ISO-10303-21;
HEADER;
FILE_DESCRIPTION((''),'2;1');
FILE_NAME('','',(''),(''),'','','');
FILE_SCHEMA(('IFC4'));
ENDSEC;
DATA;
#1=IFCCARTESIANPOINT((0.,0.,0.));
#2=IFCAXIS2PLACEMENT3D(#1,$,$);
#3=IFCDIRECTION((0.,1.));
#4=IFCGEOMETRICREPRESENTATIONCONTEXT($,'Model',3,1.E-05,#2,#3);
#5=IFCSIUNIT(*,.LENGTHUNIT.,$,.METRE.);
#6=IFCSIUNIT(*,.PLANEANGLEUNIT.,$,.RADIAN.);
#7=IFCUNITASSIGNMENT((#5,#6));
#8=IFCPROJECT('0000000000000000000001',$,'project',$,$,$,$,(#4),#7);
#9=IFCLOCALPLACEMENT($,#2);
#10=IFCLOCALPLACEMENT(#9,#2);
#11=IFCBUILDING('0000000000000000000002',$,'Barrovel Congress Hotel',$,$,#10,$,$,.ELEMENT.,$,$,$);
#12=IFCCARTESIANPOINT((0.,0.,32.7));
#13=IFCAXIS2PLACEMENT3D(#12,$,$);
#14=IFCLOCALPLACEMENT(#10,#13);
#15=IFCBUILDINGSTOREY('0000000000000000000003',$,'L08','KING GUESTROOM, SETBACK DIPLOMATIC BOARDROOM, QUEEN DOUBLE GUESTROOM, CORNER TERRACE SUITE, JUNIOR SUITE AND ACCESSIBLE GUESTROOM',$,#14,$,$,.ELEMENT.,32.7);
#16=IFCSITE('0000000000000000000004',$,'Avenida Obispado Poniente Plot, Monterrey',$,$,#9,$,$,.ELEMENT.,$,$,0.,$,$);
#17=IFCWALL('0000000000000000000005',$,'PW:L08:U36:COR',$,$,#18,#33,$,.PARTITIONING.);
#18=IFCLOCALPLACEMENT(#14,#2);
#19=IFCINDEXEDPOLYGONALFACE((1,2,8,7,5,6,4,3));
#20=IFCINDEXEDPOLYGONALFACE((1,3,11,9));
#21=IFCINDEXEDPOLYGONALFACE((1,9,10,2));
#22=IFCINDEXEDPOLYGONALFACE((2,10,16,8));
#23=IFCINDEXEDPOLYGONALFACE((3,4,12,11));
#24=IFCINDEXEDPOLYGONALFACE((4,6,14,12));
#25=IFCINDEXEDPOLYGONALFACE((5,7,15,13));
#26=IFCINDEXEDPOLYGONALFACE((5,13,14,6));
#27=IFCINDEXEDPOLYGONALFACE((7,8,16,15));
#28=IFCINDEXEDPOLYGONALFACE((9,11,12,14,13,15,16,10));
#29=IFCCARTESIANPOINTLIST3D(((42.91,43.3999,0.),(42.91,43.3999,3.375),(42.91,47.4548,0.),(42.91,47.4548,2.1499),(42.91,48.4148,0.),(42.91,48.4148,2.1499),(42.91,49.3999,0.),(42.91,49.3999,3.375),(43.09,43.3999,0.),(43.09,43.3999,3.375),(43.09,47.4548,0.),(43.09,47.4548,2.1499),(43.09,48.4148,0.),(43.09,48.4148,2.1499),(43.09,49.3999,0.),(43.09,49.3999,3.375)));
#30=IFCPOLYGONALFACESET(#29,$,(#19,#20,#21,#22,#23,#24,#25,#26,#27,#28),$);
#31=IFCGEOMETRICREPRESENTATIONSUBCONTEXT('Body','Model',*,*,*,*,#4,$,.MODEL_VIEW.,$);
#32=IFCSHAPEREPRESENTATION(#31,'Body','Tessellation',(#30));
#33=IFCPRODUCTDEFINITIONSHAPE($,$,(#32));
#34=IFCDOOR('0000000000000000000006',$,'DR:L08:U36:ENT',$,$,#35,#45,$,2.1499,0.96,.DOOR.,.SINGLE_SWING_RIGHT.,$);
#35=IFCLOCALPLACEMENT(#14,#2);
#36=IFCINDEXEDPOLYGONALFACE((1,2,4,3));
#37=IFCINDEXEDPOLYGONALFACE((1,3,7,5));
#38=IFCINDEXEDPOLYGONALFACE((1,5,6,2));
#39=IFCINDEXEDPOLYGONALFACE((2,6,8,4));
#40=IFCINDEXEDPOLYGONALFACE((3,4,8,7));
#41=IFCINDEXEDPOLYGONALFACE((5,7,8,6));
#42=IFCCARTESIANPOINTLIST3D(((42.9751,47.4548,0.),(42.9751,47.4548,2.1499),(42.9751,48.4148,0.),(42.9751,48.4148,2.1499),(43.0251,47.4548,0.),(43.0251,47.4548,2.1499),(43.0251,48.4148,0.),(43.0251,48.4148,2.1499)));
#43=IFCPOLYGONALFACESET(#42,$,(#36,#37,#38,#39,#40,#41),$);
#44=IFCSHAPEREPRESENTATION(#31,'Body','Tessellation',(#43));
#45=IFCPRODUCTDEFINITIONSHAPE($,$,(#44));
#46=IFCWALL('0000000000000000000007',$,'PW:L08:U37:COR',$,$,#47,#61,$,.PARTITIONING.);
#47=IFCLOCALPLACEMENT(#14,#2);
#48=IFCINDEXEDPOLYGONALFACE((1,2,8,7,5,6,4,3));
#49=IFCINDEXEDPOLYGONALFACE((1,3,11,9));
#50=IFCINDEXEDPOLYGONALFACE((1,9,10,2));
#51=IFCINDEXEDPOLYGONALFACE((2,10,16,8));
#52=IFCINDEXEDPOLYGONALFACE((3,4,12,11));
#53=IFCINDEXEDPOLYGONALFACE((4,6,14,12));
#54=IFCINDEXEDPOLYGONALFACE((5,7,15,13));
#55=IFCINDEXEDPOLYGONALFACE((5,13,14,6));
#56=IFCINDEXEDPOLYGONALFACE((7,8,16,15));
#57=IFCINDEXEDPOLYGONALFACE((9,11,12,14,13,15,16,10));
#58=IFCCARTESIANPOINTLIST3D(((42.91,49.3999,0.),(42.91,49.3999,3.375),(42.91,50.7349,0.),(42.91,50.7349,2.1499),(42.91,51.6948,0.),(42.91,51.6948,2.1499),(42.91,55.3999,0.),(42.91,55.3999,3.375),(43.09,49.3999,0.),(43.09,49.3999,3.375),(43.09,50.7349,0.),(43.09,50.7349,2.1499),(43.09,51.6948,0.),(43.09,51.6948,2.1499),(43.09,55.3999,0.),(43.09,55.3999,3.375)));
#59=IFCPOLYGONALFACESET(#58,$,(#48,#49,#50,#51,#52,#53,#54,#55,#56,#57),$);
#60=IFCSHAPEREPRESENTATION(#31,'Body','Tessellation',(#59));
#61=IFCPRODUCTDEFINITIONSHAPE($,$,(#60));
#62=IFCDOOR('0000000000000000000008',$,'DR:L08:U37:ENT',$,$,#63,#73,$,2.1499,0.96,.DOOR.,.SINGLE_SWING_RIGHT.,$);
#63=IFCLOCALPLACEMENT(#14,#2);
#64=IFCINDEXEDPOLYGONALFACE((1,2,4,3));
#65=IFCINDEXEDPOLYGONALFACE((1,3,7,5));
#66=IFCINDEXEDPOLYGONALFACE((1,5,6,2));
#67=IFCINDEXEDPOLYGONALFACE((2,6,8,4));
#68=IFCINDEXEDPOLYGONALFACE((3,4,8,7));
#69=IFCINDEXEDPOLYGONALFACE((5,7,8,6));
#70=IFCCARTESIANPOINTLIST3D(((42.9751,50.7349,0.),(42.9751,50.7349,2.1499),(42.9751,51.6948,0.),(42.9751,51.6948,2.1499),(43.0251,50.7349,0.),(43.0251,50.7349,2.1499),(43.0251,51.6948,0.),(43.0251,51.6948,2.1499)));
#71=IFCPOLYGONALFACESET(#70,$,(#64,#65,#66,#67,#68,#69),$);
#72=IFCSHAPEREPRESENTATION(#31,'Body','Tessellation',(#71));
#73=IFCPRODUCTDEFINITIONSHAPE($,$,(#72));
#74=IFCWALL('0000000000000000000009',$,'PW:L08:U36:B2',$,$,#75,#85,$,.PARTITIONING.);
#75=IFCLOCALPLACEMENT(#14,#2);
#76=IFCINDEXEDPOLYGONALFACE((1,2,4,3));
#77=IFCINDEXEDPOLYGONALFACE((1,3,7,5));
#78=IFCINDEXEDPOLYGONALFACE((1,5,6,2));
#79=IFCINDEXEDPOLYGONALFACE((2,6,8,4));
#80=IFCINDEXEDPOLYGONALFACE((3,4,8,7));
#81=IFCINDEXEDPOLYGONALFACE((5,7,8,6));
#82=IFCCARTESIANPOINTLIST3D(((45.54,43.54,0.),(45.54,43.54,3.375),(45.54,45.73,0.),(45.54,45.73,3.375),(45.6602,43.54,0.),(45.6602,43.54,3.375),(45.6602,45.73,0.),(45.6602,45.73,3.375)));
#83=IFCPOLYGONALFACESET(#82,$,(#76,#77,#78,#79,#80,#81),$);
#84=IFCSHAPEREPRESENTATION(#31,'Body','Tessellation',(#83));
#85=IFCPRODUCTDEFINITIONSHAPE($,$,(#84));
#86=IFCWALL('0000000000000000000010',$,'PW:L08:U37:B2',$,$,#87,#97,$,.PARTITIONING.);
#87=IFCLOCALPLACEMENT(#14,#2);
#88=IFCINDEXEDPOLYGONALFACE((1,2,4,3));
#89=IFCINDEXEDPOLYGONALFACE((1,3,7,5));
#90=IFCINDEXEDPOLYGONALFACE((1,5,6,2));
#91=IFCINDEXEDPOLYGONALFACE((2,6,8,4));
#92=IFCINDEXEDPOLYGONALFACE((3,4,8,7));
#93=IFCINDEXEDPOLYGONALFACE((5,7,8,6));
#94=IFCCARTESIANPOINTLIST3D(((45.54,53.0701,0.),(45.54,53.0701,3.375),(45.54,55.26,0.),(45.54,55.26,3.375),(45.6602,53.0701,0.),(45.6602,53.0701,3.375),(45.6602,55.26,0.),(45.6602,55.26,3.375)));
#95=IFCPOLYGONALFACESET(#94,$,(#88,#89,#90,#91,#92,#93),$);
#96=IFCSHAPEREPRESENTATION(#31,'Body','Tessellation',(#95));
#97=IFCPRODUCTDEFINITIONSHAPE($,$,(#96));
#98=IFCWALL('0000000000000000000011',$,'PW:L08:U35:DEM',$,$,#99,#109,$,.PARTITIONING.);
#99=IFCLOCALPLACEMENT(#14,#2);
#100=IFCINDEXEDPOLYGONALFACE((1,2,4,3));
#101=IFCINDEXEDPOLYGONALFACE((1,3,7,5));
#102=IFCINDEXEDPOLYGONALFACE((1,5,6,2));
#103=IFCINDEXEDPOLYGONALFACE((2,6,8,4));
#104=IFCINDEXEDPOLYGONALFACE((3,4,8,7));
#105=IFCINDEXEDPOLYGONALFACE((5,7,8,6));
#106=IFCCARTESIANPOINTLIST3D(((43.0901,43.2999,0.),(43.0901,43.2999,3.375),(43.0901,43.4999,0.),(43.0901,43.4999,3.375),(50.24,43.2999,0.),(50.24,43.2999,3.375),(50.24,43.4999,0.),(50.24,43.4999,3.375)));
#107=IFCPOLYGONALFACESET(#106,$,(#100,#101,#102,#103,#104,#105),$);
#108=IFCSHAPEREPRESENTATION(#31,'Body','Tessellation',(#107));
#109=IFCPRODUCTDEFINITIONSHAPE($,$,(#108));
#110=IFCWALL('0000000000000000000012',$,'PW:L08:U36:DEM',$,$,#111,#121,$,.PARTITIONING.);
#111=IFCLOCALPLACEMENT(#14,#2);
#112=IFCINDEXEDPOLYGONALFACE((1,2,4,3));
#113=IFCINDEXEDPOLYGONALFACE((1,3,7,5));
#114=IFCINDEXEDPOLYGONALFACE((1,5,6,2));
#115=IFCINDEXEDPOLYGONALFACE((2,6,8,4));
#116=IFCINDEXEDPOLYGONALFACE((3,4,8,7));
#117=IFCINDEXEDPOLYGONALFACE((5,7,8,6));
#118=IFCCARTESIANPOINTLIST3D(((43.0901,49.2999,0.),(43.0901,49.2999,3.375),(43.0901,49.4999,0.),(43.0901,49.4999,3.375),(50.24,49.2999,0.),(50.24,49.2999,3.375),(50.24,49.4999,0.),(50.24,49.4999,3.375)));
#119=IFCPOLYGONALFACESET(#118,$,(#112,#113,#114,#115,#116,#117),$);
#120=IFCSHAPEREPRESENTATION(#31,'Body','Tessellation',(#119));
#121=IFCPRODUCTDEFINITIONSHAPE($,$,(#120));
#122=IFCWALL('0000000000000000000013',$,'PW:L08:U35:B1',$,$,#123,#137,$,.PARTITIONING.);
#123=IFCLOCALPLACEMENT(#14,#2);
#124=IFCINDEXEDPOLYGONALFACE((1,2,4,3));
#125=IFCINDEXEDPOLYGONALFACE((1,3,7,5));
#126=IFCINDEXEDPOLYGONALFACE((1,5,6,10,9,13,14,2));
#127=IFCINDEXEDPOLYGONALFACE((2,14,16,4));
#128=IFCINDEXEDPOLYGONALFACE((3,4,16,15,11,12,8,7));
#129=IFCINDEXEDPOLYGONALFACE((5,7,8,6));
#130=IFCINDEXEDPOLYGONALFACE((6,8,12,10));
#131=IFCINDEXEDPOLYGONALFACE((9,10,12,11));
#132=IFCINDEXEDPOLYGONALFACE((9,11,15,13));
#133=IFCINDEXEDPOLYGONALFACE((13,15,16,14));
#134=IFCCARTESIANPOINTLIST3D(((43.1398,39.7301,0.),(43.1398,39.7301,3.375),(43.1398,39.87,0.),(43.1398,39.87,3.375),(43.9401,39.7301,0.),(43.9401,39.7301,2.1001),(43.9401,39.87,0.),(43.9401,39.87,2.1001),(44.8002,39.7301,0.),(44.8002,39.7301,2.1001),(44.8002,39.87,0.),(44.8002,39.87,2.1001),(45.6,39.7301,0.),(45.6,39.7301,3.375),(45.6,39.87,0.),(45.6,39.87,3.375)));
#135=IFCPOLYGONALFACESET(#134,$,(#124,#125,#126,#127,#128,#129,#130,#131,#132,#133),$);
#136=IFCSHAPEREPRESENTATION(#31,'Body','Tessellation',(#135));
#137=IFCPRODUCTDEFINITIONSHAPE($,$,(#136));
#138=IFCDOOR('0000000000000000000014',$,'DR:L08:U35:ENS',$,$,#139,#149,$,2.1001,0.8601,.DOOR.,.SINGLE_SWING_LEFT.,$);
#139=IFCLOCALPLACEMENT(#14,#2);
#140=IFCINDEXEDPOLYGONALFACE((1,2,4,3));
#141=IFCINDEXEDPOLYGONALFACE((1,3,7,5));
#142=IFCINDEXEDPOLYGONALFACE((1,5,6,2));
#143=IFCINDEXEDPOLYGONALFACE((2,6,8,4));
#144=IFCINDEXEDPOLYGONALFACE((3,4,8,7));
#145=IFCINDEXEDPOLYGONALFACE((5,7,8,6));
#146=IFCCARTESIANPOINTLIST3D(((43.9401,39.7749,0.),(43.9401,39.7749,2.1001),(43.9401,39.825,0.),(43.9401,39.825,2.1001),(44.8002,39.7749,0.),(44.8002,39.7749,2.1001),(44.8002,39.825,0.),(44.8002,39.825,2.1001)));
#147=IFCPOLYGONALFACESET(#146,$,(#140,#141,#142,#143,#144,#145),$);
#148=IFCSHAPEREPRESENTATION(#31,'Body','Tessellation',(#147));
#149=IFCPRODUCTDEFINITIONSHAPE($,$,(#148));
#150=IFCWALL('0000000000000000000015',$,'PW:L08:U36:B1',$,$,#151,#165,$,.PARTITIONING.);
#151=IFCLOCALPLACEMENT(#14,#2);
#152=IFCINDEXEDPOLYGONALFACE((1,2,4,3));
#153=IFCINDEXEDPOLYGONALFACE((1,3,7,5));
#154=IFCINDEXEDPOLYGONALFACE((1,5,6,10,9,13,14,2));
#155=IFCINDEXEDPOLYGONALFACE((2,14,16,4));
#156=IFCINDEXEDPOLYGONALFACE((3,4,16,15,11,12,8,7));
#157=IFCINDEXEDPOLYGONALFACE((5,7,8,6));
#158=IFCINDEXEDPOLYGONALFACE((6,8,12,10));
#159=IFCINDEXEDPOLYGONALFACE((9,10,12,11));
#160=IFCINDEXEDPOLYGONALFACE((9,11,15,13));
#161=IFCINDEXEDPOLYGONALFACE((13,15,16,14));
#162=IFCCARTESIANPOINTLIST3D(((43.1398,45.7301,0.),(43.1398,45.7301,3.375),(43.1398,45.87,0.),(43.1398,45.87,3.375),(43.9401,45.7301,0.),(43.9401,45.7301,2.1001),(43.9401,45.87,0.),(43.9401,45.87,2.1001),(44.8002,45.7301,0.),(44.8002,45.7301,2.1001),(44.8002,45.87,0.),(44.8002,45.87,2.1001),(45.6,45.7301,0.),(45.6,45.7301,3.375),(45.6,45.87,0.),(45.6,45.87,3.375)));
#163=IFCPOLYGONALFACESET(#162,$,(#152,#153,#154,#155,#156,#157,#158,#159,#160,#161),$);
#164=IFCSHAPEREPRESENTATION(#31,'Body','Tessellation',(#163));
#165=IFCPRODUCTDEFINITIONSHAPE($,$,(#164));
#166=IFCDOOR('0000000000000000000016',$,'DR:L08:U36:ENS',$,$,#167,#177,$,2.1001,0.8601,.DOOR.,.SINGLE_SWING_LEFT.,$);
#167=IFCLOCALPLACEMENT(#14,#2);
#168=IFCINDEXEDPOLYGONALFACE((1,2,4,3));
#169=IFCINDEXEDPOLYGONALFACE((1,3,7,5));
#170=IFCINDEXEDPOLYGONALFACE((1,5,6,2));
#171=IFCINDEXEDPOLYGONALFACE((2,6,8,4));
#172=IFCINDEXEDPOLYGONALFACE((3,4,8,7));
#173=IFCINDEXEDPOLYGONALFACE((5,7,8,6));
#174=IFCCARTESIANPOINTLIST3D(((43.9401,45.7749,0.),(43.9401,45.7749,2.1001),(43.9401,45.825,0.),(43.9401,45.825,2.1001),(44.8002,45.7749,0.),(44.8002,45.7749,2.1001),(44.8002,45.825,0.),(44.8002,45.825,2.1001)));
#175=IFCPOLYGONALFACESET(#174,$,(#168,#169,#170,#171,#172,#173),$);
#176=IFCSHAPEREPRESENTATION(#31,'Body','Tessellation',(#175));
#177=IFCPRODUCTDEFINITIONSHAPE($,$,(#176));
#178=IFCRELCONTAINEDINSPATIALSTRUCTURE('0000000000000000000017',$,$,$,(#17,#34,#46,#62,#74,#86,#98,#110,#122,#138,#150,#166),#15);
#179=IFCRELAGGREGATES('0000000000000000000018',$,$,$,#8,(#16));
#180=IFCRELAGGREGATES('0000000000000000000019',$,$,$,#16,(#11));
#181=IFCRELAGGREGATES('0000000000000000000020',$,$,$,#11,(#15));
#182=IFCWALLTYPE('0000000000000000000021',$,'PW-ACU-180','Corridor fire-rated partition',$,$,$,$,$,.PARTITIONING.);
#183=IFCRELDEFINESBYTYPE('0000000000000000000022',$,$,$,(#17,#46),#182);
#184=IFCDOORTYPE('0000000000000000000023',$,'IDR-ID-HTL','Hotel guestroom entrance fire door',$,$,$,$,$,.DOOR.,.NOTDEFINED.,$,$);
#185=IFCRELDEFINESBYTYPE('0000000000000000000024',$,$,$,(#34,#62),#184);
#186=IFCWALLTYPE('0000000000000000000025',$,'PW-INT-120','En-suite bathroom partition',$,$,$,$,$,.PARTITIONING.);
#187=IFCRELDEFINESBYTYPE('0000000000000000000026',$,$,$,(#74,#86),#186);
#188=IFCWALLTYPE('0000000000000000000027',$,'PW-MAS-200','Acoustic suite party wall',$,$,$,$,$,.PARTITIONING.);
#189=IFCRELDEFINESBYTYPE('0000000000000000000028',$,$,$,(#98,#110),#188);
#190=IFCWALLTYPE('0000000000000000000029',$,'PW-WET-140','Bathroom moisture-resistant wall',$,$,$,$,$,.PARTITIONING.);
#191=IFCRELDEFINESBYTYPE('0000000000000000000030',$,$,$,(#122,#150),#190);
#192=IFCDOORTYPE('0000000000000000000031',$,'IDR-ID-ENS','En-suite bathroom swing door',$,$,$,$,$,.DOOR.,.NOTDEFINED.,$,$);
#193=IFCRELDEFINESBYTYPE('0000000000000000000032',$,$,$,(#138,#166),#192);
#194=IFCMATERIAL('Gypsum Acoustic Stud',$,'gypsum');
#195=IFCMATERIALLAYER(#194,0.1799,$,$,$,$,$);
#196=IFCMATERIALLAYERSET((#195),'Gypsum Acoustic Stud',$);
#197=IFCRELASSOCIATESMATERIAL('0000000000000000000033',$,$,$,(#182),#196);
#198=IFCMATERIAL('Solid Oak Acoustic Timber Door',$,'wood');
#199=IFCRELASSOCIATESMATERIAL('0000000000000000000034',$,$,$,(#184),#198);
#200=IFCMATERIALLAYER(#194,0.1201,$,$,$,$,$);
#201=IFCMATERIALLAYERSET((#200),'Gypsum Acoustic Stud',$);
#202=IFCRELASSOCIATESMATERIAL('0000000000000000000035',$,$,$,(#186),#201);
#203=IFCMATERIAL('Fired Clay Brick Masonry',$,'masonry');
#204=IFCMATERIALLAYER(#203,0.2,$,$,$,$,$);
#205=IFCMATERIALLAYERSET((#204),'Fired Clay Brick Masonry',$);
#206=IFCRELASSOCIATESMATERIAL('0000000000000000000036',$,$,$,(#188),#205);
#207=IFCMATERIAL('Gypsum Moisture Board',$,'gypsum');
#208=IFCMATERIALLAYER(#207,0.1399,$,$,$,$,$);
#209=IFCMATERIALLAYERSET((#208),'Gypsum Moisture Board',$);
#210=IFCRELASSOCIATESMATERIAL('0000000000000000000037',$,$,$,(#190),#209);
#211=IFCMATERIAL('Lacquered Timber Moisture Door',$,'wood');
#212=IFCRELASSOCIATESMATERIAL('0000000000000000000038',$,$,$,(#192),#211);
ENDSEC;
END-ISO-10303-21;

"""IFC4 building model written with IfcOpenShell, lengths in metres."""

from ifc_helpers import new_model, si_unit, direction, frame, frame_2d, origin, place, context, subcontext, project, spatial, rectangle, extrude, material, layer, layer_set, type_object, element, fill, save


model = new_model("IFC4")

# Units and contexts
model_context = context("Model", 3, precision=1e-05, world=origin(), true_north=direction((0.0, 1.0)))
body_context = subcontext(model_context, "Body", "Model", "MODEL_VIEW")
ifc_project = project(units=[si_unit("LENGTHUNIT", "METRE"), si_unit("PLANEANGLEUNIT", "RADIAN")], contexts=[model_context])

# Site, building, storey
site_placement = place(None, origin())
site = spatial("IfcSite", under=ifc_project, at=site_placement, Name="Avenida Obispado Poniente Plot, Monterrey", CompositionType="ELEMENT", RefElevation=0.0)
building_placement = place(site_placement, origin())
building = spatial("IfcBuilding", under=site, at=building_placement, Name="Barrovel Congress Hotel", CompositionType="ELEMENT")
storey_placement = place(building_placement, frame((0.0, 0.0, 32.7)))
storey = spatial("IfcBuildingStorey", under=building, at=storey_placement, Name="L08", Description="KING GUESTROOM, SETBACK DIPLOMATIC BOARDROOM, QUEEN DOUBLE GUESTROOM, CORNER TERRACE SUITE, JUNIOR SUITE AND ACCESSIBLE GUESTROOM", CompositionType="ELEMENT", Elevation=32.7)

# Walls, openings, doors
ifc_material_1 = material(Name="Gypsum Acoustic Stud", Category="gypsum")
ifc_layer_1 = layer(ifc_material_1, 0.1799)
ifc_layer_set_1 = layer_set([ifc_layer_1], Name="Gypsum Acoustic Stud")
wall_type_1 = type_object("IfcWallType", Name="PW-ACU-180", Description="Corridor fire-rated partition", PredefinedType="PARTITIONING", material=ifc_layer_set_1)
wall_1_placement = place(storey_placement, frame((43.0, 43.3999, 0.0), z_axis=(0.0, 0.0, 1.0), x_axis=(0.0, 1.0, 0.0)))
wall_1 = element("IfcWall", 1, at=wall_1_placement, inside=storey, type_object=wall_type_1, Name="PW:L08:U36:COR", PredefinedType="PARTITIONING", context=body_context, shape_type="SweptSolid", body=[
    extrude(rectangle(XDim=6.0, YDim=0.1799, at=frame_2d((3.0, 0.0))), origin(), (0.0, 0.0, 1.0), 3.375),
])
opening_1_placement = place(wall_1_placement, frame((4.0549, 0.0, 0.0)))
opening_1 = element("IfcOpeningElement", 2, at=opening_1_placement, cuts=wall_1, PredefinedType="OPENING", context=body_context, shape_type="SweptSolid", body=[
    extrude(rectangle(XDim=0.96, YDim=2.1499, at=frame_2d((0.48, 1.075))), frame((0.0, 0.1001, 0.0), z_axis=(0.0, -1.0, 0.0), x_axis=(1.0, 0.0, 0.0)), (0.0, 0.0, 1.0), 0.2),
])
ifc_material_2 = material(Name="Solid Oak Acoustic Timber Door", Category="wood")
door_type_1 = type_object("IfcDoorType", Name="IDR-ID-HTL", Description="Hotel guestroom entrance fire door", OperationType="NOTDEFINED", PredefinedType="DOOR", material=ifc_material_2)
door_1_placement = place(opening_1_placement, origin())
door_1 = element("IfcDoor", 3, at=door_1_placement, inside=storey, type_object=door_type_1, Name="DR:L08:U36:ENT", OperationType="SINGLE_SWING_RIGHT", OverallHeight=2.1499, OverallWidth=0.96, PredefinedType="DOOR", context=body_context, shape_type="SweptSolid", body=[
    extrude(rectangle(XDim=0.96, YDim=2.1499, at=frame_2d((0.48, 1.075))), frame((0.0, 0.0249, 0.0), z_axis=(0.0, -1.0, 0.0), x_axis=(1.0, 0.0, 0.0)), (0.0, 0.0, 1.0), 0.05),
])
fill(opening_1, door_1)
wall_2_placement = place(storey_placement, frame((43.0, 49.3999, 0.0), z_axis=(0.0, 0.0, 1.0), x_axis=(0.0, 1.0, 0.0)))
wall_2 = element("IfcWall", 4, at=wall_2_placement, inside=storey, type_object=wall_type_1, Name="PW:L08:U37:COR", PredefinedType="PARTITIONING", context=body_context, shape_type="SweptSolid", body=[
    extrude(rectangle(XDim=6.0, YDim=0.1799, at=frame_2d((3.0, 0.0))), origin(), (0.0, 0.0, 1.0), 3.375),
])
opening_2_placement = place(wall_2_placement, frame((1.335, 0.0, 0.0)))
opening_2 = element("IfcOpeningElement", 5, at=opening_2_placement, cuts=wall_2, PredefinedType="OPENING", context=body_context, shape_type="SweptSolid", body=[
    extrude(rectangle(XDim=0.96, YDim=2.1499, at=frame_2d((0.48, 1.075))), frame((0.0, 0.1001, 0.0), z_axis=(0.0, -1.0, 0.0), x_axis=(1.0, 0.0, 0.0)), (0.0, 0.0, 1.0), 0.2),
])
door_2_placement = place(opening_2_placement, origin())
door_2 = element("IfcDoor", 6, at=door_2_placement, inside=storey, type_object=door_type_1, Name="DR:L08:U37:ENT", OperationType="SINGLE_SWING_RIGHT", OverallHeight=2.1499, OverallWidth=0.96, PredefinedType="DOOR", context=body_context, shape_type="SweptSolid", body=[
    extrude(rectangle(XDim=0.96, YDim=2.1499, at=frame_2d((0.48, 1.075))), frame((0.0, 0.0249, 0.0), z_axis=(0.0, -1.0, 0.0), x_axis=(1.0, 0.0, 0.0)), (0.0, 0.0, 1.0), 0.05),
])
fill(opening_2, door_2)

# Walls
ifc_layer_2 = layer(ifc_material_1, 0.1201)
ifc_layer_set_2 = layer_set([ifc_layer_2], Name="Gypsum Acoustic Stud")
wall_type_2 = type_object("IfcWallType", Name="PW-INT-120", Description="En-suite bathroom partition", PredefinedType="PARTITIONING", material=ifc_layer_set_2)
for number, where, z_axis, x_axis, name in (
    (7, (45.6001, 43.54, 0.0), (0.0, 0.0, 1.0), (0.0, 1.0, 0.0), "PW:L08:U36:B2"),
    (8, (45.6001, 53.0701, 0.0), (0.0, 0.0, 1.0), (0.0, 1.0, 0.0), "PW:L08:U37:B2"),
):
    element("IfcWall", number, at=place(storey_placement, frame(where, z_axis=z_axis, x_axis=x_axis)), inside=storey, type_object=wall_type_2, Name=name, PredefinedType="PARTITIONING", context=body_context, shape_type="SweptSolid", body=[
        extrude(rectangle(XDim=2.1899, YDim=0.1201, at=frame_2d((1.095, 0.0))), origin(), (0.0, 0.0, 1.0), 3.375),
    ])
ifc_material_3 = material(Name="Fired Clay Brick Masonry", Category="masonry")
ifc_layer_3 = layer(ifc_material_3, 0.2)
ifc_layer_set_3 = layer_set([ifc_layer_3], Name="Fired Clay Brick Masonry")
wall_type_3 = type_object("IfcWallType", Name="PW-MAS-200", Description="Acoustic suite party wall", PredefinedType="PARTITIONING", material=ifc_layer_set_3)
for number, where, z_axis, x_axis, name in (
    (9, (43.0901, 43.3999, 0.0), (0.0, 0.0, 1.0), (1.0, 0.0, 0.0), "PW:L08:U35:DEM"),
    (10, (43.0901, 49.3999, 0.0), (0.0, 0.0, 1.0), (1.0, 0.0, 0.0), "PW:L08:U36:DEM"),
):
    element("IfcWall", number, at=place(storey_placement, frame(where, z_axis=z_axis, x_axis=x_axis)), inside=storey, type_object=wall_type_3, Name=name, PredefinedType="PARTITIONING", context=body_context, shape_type="SweptSolid", body=[
        extrude(rectangle(XDim=7.1499, YDim=0.2, at=frame_2d((3.575, 0.0))), origin(), (0.0, 0.0, 1.0), 3.375),
    ])

# Walls, openings, doors
ifc_material_4 = material(Name="Gypsum Moisture Board", Category="gypsum")
ifc_layer_4 = layer(ifc_material_4, 0.1399)
ifc_layer_set_4 = layer_set([ifc_layer_4], Name="Gypsum Moisture Board")
wall_type_4 = type_object("IfcWallType", Name="PW-WET-140", Description="Bathroom moisture-resistant wall", PredefinedType="PARTITIONING", material=ifc_layer_set_4)
wall_3_placement = place(storey_placement, frame((43.1399, 39.8, 0.0), z_axis=(0.0, 0.0, 1.0), x_axis=(1.0, 0.0, 0.0)))
wall_3 = element("IfcWall", 11, at=wall_3_placement, inside=storey, type_object=wall_type_4, Name="PW:L08:U35:B1", PredefinedType="PARTITIONING", context=body_context, shape_type="SweptSolid", body=[
    extrude(rectangle(XDim=2.4602, YDim=0.1399, at=frame_2d((1.23, 0.0))), origin(), (0.0, 0.0, 1.0), 3.375),
])
opening_3_placement = place(wall_3_placement, frame((0.8, 0.0, 0.0)))
opening_3 = element("IfcOpeningElement", 12, at=opening_3_placement, cuts=wall_3, PredefinedType="OPENING", context=body_context, shape_type="SweptSolid", body=[
    extrude(rectangle(XDim=0.8601, YDim=2.1001, at=frame_2d((0.4302, 1.05))), frame((0.0, 0.0801, 0.0), z_axis=(0.0, -1.0, 0.0), x_axis=(1.0, 0.0, 0.0)), (0.0, 0.0, 1.0), 0.1599),
])
ifc_material_5 = material(Name="Lacquered Timber Moisture Door", Category="wood")
door_type_2 = type_object("IfcDoorType", Name="IDR-ID-ENS", Description="En-suite bathroom swing door", OperationType="NOTDEFINED", PredefinedType="DOOR", material=ifc_material_5)
door_3_placement = place(opening_3_placement, origin())
door_3 = element("IfcDoor", 13, at=door_3_placement, inside=storey, type_object=door_type_2, Name="DR:L08:U35:ENS", OperationType="SINGLE_SWING_LEFT", OverallHeight=2.1001, OverallWidth=0.8601, PredefinedType="DOOR", context=body_context, shape_type="SweptSolid", body=[
    extrude(rectangle(XDim=0.8601, YDim=2.1001, at=frame_2d((0.4302, 1.05))), frame((0.0, 0.0249, 0.0), z_axis=(0.0, -1.0, 0.0), x_axis=(1.0, 0.0, 0.0)), (0.0, 0.0, 1.0), 0.05),
])
fill(opening_3, door_3)
wall_4_placement = place(storey_placement, frame((43.1399, 45.8, 0.0), z_axis=(0.0, 0.0, 1.0), x_axis=(1.0, 0.0, 0.0)))
wall_4 = element("IfcWall", 14, at=wall_4_placement, inside=storey, type_object=wall_type_4, Name="PW:L08:U36:B1", PredefinedType="PARTITIONING", context=body_context, shape_type="SweptSolid", body=[
    extrude(rectangle(XDim=2.4602, YDim=0.1399, at=frame_2d((1.23, 0.0))), origin(), (0.0, 0.0, 1.0), 3.375),
])
opening_4_placement = place(wall_4_placement, frame((0.8, 0.0, 0.0)))
opening_4 = element("IfcOpeningElement", 15, at=opening_4_placement, cuts=wall_4, PredefinedType="OPENING", context=body_context, shape_type="SweptSolid", body=[
    extrude(rectangle(XDim=0.8601, YDim=2.1001, at=frame_2d((0.4302, 1.05))), frame((0.0, 0.0801, 0.0), z_axis=(0.0, -1.0, 0.0), x_axis=(1.0, 0.0, 0.0)), (0.0, 0.0, 1.0), 0.1599),
])
door_4_placement = place(opening_4_placement, origin())
door_4 = element("IfcDoor", 16, at=door_4_placement, inside=storey, type_object=door_type_2, Name="DR:L08:U36:ENS", OperationType="SINGLE_SWING_LEFT", OverallHeight=2.1001, OverallWidth=0.8601, PredefinedType="DOOR", context=body_context, shape_type="SweptSolid", body=[
    extrude(rectangle(XDim=0.8601, YDim=2.1001, at=frame_2d((0.4302, 1.05))), frame((0.0, 0.0249, 0.0), z_axis=(0.0, -1.0, 0.0), x_axis=(1.0, 0.0, 0.0)), (0.0, 0.0, 1.0), 0.05),
])
fill(opening_4, door_4)

save(model, "model.ifc")
